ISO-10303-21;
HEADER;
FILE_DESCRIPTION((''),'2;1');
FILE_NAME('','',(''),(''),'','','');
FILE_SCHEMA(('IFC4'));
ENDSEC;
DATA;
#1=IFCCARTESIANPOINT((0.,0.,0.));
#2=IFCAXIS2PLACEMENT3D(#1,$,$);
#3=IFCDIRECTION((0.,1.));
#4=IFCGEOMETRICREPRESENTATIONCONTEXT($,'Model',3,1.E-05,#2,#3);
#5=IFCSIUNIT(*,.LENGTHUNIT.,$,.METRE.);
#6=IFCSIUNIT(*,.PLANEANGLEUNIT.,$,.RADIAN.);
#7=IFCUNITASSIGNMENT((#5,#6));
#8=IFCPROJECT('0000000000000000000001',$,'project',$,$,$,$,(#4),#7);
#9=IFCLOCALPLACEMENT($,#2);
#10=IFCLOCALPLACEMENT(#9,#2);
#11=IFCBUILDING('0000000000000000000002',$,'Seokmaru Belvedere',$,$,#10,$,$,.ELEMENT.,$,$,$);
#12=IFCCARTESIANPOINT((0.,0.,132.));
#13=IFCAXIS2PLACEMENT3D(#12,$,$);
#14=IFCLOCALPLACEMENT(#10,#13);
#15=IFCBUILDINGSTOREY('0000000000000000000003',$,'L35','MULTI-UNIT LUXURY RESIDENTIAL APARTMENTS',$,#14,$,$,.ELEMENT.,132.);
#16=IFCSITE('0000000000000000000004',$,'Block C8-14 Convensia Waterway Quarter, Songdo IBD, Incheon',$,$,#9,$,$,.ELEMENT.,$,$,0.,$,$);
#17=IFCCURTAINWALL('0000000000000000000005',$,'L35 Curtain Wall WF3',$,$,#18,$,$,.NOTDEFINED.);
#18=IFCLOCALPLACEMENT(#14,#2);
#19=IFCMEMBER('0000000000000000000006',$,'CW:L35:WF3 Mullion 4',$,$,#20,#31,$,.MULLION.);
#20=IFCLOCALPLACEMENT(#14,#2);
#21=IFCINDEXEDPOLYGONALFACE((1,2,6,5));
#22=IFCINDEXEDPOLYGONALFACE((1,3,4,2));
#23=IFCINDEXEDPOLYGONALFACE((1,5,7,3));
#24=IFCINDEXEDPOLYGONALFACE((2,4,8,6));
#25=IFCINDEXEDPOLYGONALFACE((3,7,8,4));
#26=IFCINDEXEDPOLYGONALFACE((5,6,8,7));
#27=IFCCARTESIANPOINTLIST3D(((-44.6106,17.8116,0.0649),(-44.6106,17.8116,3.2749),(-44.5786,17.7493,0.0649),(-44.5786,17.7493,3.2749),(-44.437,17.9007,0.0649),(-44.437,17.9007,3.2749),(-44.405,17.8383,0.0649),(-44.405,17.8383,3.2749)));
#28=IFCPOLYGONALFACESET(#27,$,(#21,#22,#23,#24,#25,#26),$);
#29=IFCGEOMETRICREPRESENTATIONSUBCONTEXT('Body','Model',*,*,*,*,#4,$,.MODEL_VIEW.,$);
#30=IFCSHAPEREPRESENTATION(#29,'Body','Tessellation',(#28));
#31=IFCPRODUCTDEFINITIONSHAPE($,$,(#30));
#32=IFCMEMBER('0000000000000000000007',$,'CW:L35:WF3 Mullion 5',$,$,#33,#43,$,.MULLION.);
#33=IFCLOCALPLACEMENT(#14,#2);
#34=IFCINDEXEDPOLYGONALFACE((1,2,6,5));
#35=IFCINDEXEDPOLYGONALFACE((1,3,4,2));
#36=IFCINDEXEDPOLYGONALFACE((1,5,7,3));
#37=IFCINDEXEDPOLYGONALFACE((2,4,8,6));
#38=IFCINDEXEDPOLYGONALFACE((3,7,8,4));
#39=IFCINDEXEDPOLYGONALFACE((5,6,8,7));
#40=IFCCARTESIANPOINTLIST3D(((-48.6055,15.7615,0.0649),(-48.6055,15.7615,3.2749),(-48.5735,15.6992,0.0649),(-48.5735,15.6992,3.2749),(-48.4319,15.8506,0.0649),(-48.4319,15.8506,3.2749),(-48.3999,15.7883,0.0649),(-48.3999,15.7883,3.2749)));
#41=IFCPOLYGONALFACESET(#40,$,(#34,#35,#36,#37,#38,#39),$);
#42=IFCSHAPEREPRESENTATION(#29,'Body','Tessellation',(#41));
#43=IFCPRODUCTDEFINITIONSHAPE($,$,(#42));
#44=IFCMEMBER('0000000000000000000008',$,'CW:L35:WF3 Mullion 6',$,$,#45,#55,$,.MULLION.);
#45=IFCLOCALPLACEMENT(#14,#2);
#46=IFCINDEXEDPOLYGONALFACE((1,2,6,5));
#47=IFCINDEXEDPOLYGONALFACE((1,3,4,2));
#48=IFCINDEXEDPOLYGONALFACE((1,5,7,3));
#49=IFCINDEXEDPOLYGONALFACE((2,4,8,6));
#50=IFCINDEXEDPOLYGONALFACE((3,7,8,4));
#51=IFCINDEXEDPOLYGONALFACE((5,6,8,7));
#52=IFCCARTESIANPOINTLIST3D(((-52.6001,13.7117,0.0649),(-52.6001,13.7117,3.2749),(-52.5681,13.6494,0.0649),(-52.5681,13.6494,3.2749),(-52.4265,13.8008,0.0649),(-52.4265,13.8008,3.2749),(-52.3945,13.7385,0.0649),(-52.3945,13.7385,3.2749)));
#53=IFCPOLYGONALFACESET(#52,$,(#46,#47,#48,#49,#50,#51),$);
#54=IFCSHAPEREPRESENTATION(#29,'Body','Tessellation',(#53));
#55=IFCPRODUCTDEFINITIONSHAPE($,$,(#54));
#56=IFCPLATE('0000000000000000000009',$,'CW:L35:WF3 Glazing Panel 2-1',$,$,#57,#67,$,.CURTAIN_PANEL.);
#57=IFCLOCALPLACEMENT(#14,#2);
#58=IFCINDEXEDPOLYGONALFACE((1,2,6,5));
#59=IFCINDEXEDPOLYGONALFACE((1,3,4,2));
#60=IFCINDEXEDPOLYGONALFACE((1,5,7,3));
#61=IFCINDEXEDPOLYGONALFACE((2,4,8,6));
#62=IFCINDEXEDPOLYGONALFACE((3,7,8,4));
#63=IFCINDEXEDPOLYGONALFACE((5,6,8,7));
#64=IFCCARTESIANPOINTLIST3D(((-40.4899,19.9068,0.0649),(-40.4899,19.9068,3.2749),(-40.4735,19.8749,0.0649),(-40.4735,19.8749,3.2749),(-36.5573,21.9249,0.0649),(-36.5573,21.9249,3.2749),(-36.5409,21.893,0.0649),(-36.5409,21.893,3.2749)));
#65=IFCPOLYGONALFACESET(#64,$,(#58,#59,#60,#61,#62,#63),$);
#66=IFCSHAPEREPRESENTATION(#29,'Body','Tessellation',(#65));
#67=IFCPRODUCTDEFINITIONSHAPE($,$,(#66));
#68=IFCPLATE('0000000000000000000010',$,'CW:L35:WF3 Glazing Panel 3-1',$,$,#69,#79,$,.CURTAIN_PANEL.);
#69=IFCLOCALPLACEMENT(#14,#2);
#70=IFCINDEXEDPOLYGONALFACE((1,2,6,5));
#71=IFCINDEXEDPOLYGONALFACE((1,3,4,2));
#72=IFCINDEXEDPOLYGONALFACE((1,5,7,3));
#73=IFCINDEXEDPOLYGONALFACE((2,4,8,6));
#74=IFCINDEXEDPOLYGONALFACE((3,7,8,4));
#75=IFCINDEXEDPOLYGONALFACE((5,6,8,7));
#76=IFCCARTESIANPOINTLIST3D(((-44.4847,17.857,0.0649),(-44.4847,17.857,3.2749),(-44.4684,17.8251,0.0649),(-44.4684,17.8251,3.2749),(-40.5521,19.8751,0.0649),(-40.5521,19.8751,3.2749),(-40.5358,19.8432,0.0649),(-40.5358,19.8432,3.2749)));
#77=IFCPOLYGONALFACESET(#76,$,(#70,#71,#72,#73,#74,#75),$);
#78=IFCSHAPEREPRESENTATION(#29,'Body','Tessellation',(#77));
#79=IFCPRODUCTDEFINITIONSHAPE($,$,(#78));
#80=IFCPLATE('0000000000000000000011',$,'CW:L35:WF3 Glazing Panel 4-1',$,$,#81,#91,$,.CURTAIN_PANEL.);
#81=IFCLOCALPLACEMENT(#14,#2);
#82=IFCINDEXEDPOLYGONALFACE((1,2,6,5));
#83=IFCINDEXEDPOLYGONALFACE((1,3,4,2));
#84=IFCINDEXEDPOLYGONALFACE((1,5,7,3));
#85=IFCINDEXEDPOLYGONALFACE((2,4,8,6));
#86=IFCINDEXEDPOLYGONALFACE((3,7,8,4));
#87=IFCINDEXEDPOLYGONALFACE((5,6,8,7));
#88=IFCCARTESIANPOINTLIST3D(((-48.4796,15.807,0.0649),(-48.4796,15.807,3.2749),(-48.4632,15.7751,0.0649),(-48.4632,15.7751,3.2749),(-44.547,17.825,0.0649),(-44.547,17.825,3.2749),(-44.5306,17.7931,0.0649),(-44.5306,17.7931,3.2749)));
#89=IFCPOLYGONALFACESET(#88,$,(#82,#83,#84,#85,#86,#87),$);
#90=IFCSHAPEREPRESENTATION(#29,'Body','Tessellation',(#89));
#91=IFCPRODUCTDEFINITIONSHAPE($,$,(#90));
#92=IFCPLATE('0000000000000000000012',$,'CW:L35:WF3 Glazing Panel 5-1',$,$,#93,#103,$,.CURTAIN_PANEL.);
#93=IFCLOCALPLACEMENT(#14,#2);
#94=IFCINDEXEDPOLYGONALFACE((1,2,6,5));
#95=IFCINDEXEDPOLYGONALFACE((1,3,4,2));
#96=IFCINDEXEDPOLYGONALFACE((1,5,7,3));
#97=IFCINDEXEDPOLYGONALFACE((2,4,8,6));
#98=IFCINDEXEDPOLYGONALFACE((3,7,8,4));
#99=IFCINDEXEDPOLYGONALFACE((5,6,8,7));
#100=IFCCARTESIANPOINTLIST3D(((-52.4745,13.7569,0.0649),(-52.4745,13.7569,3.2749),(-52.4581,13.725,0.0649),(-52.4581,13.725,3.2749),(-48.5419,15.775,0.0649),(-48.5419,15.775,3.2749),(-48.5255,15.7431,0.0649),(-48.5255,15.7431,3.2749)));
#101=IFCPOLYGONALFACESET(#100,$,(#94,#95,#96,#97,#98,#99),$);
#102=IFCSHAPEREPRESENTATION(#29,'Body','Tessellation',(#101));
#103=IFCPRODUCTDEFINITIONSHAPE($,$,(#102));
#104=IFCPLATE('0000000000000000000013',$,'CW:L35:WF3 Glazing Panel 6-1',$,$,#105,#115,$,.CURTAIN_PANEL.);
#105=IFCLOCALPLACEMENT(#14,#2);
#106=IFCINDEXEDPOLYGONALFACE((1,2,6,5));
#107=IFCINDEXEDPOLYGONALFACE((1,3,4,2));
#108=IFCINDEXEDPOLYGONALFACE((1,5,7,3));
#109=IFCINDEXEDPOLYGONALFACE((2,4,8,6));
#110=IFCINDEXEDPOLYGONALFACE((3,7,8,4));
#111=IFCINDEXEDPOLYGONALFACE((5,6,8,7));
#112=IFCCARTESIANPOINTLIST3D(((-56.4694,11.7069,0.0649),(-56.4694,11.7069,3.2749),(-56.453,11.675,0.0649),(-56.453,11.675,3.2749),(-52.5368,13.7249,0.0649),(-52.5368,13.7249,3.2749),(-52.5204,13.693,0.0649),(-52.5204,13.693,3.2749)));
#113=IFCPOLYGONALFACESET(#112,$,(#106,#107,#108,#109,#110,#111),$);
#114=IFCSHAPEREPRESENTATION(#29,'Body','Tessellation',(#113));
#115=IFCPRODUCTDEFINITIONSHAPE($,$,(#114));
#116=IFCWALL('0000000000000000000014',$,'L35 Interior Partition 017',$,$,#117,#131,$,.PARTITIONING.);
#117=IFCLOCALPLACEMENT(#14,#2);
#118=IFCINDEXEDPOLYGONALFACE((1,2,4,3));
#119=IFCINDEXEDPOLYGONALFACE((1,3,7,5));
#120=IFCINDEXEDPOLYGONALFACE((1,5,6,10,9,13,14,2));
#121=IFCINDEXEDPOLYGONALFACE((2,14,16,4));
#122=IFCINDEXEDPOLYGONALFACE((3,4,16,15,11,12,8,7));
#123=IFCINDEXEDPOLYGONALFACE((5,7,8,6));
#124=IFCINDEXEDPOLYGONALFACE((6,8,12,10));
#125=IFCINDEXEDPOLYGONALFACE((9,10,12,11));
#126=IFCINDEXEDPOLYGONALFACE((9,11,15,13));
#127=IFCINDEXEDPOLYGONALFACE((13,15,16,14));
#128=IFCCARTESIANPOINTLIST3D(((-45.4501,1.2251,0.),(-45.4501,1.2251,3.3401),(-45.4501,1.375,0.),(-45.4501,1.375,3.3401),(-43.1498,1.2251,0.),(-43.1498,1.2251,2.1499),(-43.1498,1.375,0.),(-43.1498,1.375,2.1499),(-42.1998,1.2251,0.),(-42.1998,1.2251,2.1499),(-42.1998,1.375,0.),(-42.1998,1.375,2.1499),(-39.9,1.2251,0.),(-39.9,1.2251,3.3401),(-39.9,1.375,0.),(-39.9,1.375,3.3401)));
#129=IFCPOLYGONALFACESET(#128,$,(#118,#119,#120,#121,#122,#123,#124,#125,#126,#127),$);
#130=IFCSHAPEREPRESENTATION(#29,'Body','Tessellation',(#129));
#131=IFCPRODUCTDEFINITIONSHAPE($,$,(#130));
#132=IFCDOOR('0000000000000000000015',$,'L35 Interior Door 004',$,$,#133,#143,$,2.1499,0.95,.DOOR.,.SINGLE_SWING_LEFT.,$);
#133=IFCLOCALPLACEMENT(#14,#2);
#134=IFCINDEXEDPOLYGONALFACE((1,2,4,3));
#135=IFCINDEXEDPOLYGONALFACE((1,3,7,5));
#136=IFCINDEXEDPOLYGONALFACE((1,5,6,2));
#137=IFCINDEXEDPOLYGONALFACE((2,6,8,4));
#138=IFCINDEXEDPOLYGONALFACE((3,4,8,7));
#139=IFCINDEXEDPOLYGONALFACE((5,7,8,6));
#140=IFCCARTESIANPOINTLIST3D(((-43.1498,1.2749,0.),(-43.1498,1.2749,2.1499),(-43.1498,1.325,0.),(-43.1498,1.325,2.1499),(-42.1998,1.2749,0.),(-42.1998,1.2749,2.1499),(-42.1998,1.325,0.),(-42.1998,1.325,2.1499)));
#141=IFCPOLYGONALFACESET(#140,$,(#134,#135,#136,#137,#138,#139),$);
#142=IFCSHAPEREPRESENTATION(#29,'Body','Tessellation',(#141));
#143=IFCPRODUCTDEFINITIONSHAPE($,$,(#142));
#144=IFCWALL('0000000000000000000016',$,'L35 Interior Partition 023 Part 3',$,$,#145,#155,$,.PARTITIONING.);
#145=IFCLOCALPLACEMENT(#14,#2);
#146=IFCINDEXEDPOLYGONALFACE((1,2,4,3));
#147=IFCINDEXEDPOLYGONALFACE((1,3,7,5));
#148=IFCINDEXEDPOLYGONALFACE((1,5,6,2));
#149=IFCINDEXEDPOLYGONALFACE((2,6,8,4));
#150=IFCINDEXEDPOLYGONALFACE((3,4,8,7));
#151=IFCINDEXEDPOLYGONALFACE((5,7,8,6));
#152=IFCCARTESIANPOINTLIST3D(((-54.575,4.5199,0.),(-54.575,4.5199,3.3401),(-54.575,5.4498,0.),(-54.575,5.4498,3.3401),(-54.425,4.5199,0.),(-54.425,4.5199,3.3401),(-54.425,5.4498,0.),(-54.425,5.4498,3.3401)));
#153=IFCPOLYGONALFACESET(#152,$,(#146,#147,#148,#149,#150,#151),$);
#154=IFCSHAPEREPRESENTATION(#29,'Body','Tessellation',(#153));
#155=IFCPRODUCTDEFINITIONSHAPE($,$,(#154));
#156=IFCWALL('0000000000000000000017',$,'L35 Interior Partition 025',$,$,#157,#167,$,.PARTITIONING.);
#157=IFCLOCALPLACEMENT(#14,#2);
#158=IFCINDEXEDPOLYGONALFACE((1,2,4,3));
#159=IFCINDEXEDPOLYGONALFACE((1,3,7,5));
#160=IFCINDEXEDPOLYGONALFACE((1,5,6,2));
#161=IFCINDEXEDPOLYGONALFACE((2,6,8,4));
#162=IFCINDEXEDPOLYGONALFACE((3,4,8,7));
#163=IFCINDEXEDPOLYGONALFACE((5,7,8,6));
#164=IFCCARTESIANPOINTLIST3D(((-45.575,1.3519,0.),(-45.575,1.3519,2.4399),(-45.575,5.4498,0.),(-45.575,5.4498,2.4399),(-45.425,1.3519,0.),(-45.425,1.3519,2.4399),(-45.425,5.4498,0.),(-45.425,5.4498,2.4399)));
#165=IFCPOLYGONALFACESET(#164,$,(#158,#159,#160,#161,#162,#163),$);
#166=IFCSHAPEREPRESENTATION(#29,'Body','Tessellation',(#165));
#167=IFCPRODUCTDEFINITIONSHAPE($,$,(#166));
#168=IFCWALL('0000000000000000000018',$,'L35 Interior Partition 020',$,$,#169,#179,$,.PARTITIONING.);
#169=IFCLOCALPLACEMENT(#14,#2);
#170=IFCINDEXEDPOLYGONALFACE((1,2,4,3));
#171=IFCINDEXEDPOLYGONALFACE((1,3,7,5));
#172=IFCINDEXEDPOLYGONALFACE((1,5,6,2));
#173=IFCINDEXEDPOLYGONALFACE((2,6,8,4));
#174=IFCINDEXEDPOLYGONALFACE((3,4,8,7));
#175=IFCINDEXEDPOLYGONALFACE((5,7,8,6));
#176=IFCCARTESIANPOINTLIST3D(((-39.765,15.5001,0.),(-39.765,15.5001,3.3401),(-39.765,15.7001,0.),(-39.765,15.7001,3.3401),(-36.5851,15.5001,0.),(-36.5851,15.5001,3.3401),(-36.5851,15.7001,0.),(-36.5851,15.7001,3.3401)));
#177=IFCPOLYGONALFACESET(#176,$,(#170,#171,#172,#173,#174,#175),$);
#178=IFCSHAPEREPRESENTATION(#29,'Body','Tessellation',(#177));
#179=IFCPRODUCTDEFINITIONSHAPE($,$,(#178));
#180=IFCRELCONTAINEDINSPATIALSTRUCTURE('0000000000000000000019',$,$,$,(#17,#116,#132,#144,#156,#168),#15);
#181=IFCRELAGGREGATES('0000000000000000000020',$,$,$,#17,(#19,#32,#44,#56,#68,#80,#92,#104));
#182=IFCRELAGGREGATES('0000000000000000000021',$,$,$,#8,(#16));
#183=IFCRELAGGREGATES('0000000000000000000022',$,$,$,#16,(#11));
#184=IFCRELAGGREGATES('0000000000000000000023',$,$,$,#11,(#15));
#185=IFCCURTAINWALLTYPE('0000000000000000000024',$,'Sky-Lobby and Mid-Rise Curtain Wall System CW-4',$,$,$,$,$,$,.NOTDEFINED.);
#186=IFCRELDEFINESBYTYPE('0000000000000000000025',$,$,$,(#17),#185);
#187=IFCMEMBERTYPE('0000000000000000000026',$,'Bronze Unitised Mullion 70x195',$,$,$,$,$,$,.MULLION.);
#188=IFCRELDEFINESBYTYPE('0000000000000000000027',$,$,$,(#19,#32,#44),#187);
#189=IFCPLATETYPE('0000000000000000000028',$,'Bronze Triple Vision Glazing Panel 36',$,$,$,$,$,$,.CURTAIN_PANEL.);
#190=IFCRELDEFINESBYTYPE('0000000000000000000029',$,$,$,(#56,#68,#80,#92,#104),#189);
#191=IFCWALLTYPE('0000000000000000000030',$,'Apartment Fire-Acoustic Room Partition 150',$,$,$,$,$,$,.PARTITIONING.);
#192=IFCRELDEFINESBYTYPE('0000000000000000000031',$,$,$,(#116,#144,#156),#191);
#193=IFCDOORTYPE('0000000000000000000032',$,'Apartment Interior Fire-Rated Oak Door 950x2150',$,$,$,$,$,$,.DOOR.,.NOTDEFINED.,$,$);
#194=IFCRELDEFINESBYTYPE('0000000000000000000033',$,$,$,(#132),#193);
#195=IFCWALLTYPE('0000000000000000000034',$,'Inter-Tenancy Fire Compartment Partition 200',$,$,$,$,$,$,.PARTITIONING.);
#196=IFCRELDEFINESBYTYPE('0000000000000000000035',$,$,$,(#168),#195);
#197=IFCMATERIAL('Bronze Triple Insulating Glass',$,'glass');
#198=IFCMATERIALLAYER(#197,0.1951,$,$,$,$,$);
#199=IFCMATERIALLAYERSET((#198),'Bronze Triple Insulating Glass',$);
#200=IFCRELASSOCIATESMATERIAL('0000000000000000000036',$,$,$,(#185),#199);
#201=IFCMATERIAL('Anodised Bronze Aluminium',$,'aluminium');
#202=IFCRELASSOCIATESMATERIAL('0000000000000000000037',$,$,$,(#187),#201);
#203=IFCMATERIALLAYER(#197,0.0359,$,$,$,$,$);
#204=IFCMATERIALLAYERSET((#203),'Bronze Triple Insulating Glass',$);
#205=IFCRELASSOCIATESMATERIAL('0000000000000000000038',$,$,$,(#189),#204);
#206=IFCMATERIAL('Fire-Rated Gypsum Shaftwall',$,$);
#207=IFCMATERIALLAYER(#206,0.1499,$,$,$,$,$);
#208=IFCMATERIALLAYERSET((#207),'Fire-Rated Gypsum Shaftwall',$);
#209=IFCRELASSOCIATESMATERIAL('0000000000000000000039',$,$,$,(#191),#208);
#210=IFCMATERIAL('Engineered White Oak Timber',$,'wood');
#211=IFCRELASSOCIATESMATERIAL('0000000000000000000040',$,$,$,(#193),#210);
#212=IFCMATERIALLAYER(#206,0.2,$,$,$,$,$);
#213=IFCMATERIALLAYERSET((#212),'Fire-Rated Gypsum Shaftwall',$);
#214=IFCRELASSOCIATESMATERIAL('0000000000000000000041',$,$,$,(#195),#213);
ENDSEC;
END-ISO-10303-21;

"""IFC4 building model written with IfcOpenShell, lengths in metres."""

from ifc_helpers import new_model, si_unit, direction, frame, frame_2d, origin, origin_2d, place, context, subcontext, project, spatial, rectangle, extrude, source, transform, mapped, material, layer, layer_set, material_profile, profile_set, type_object, type_shapes, element, fill, aggregate, save


model = new_model("IFC4")

# Units and contexts
model_context = context("Model", 3, precision=1e-05, world=origin(), true_north=direction((0.0, 1.0)))
body_context = subcontext(model_context, "Body", "Model", "MODEL_VIEW")
ifc_project = project(units=[si_unit("LENGTHUNIT", "METRE"), si_unit("PLANEANGLEUNIT", "RADIAN")], contexts=[model_context])

# Site, building, storey
site_placement = place(None, origin())
site = spatial("IfcSite", under=ifc_project, at=site_placement, Name="Block C8-14 Convensia Waterway Quarter, Songdo IBD, Incheon", CompositionType="ELEMENT", RefElevation=0.0)
building_placement = place(site_placement, origin())
building = spatial("IfcBuilding", under=site, at=building_placement, Name="Seokmaru Belvedere", CompositionType="ELEMENT")
storey_placement = place(building_placement, frame((0.0, 0.0, 132.0)))
storey = spatial("IfcBuildingStorey", under=building, at=storey_placement, Name="L35", Description="MULTI-UNIT LUXURY RESIDENTIAL APARTMENTS", CompositionType="ELEMENT", Elevation=132.0)

# Curtain wall, members, plates
ifc_material_1 = material(Name="Bronze Triple Insulating Glass", Category="glass")
ifc_layer_1 = layer(ifc_material_1, 0.1951)
ifc_layer_set_1 = layer_set([ifc_layer_1], Name="Bronze Triple Insulating Glass")
curtain_wall_type = type_object("IfcCurtainWallType", Name="Sky-Lobby and Mid-Rise Curtain Wall System CW-4", PredefinedType="NOTDEFINED", material=ifc_layer_set_1)
curtain_wall_placement = place(storey_placement, origin())
curtain_wall = element("IfcCurtainWall", 1, at=curtain_wall_placement, inside=storey, type_object=curtain_wall_type, Name="L35 Curtain Wall WF3", PredefinedType="NOTDEFINED")
ifc_material_2 = material(Name="Anodised Bronze Aluminium", Category="aluminium")
ifc_material_profile_1 = material_profile(ifc_material_2, rectangle(XDim=0.0701, YDim=0.1951, at=origin_2d()), Name="CW-M-70x195")
ifc_profile_set_1 = profile_set([ifc_material_profile_1], Name="Anodised Bronze Aluminium")
member_type = type_object("IfcMemberType", Name="Bronze Unitised Mullion 70x195", PredefinedType="MULLION", material=ifc_profile_set_1)
shared_shape_1 = source(origin(), body_context, "Body", "SweptSolid", [
    extrude(rectangle(XDim=0.0701, YDim=0.1951, at=origin_2d()), origin(), (0.0, 0.0, 1.0), 3.21),
])
type_shapes(member_type, [shared_shape_1])
member_1_placement = place(storey_placement, frame((-44.5078, 17.825, 0.0649), z_axis=(0.0, 0.0, 1.0), x_axis=(0.456555, -0.889695, 0.0)))
member_1 = element("IfcMember", 2, at=member_1_placement, type_object=member_type, Name="CW:L35:WF3 Mullion 4", PredefinedType="MULLION", context=body_context, shape_type="MappedRepresentation", body=[
    mapped(shared_shape_1, transform((0.0, 0.0, 0.0), scale=1.0)),
])
member_2_placement = place(storey_placement, frame((-48.5027, 15.7749, 0.0649), z_axis=(0.0, 0.0, 1.0), x_axis=(0.456555, -0.889695, 0.0)))
member_2 = element("IfcMember", 3, at=member_2_placement, type_object=member_type, Name="CW:L35:WF3 Mullion 5", PredefinedType="MULLION", context=body_context, shape_type="MappedRepresentation", body=[
    mapped(shared_shape_1, transform((0.0, 0.0, 0.0), scale=1.0)),
])
member_3_placement = place(storey_placement, frame((-52.4973, 13.7251, 0.0649), z_axis=(0.0, 0.0, 1.0), x_axis=(0.456555, -0.889695, 0.0)))
member_3 = element("IfcMember", 4, at=member_3_placement, type_object=member_type, Name="CW:L35:WF3 Mullion 6", PredefinedType="MULLION", context=body_context, shape_type="MappedRepresentation", body=[
    mapped(shared_shape_1, transform((0.0, 0.0, 0.0), scale=1.0)),
])
ifc_layer_2 = layer(ifc_material_1, 0.0359)
ifc_layer_set_2 = layer_set([ifc_layer_2], Name="Bronze Triple Insulating Glass")
plate_type = type_object("IfcPlateType", Name="Bronze Triple Vision Glazing Panel 36", PredefinedType="CURTAIN_PANEL", material=ifc_layer_set_2)
shared_shape_2 = source(origin(), body_context, "Body", "SweptSolid", [
    extrude(rectangle(XDim=4.4202, YDim=0.0359, at=origin_2d()), origin(), (0.0, 0.0, 1.0), 3.21),
])
type_shapes(plate_type, [shared_shape_2])
plate_1_placement = place(storey_placement, frame((-38.5154, 20.8999, 0.0649), z_axis=(0.0, 0.0, 1.0), x_axis=(-0.889695, -0.456555, 0.0)))
plate_1 = element("IfcPlate", 5, at=plate_1_placement, type_object=plate_type, Name="CW:L35:WF3 Glazing Panel 2-1", PredefinedType="CURTAIN_PANEL", context=body_context, shape_type="MappedRepresentation", body=[
    mapped(shared_shape_2, transform((0.0, 0.0, 0.0), scale=1.0)),
])
plate_2_placement = place(storey_placement, frame((-42.5103, 18.8501, 0.0649), z_axis=(0.0, 0.0, 1.0), x_axis=(-0.889695, -0.456555, 0.0)))
plate_2 = element("IfcPlate", 6, at=plate_2_placement, type_object=plate_type, Name="CW:L35:WF3 Glazing Panel 3-1", PredefinedType="CURTAIN_PANEL", context=body_context, shape_type="MappedRepresentation", body=[
    mapped(shared_shape_2, transform((0.0, 0.0, 0.0), scale=1.0)),
])
plate_3_placement = place(storey_placement, frame((-46.5051, 16.8, 0.0649), z_axis=(0.0, 0.0, 1.0), x_axis=(-0.889695, -0.456555, 0.0)))
plate_3 = element("IfcPlate", 7, at=plate_3_placement, type_object=plate_type, Name="CW:L35:WF3 Glazing Panel 4-1", PredefinedType="CURTAIN_PANEL", context=body_context, shape_type="MappedRepresentation", body=[
    mapped(shared_shape_2, transform((0.0, 0.0, 0.0), scale=1.0)),
])
plate_4_placement = place(storey_placement, frame((-50.5, 14.75, 0.0649), z_axis=(0.0, 0.0, 1.0), x_axis=(-0.889695, -0.456555, 0.0)))
plate_4 = element("IfcPlate", 8, at=plate_4_placement, type_object=plate_type, Name="CW:L35:WF3 Glazing Panel 5-1", PredefinedType="CURTAIN_PANEL", context=body_context, shape_type="MappedRepresentation", body=[
    mapped(shared_shape_2, transform((0.0, 0.0, 0.0), scale=1.0)),
])
plate_5_placement = place(storey_placement, frame((-54.4949, 12.7, 0.0649), z_axis=(0.0, 0.0, 1.0), x_axis=(-0.889695, -0.456555, 0.0)))
plate_5 = element("IfcPlate", 9, at=plate_5_placement, type_object=plate_type, Name="CW:L35:WF3 Glazing Panel 6-1", PredefinedType="CURTAIN_PANEL", context=body_context, shape_type="MappedRepresentation", body=[
    mapped(shared_shape_2, transform((0.0, 0.0, 0.0), scale=1.0)),
])
aggregate(curtain_wall, [member_1, member_2, member_3, plate_1, plate_2, plate_3, plate_4, plate_5])

# Wall, opening, door
ifc_material_3 = material(Name="Fire-Rated Gypsum Shaftwall")
ifc_layer_3 = layer(ifc_material_3, 0.1499)
ifc_layer_set_3 = layer_set([ifc_layer_3], Name="Fire-Rated Gypsum Shaftwall")
wall_type_1 = type_object("IfcWallType", Name="Apartment Fire-Acoustic Room Partition 150", PredefinedType="PARTITIONING", material=ifc_layer_set_3)
wall_1_placement = place(storey_placement, frame((-45.45, 1.3, 0.0), z_axis=(0.0, 0.0, 1.0), x_axis=(1.0, 0.0, 0.0)))
wall_1 = element("IfcWall", 10, at=wall_1_placement, inside=storey, type_object=wall_type_1, Name="L35 Interior Partition 017", PredefinedType="PARTITIONING", context=body_context, shape_type="SweptSolid", body=[
    extrude(rectangle(XDim=5.55, YDim=0.1499, at=frame_2d((2.7749, 0.0))), origin(), (0.0, 0.0, 1.0), 3.3401),
])
opening_placement = place(wall_1_placement, frame((2.3, 0.0, 0.0)))
opening = element("IfcOpeningElement", 11, at=opening_placement, cuts=wall_1, PredefinedType="OPENING", context=body_context, shape_type="SweptSolid", body=[
    extrude(rectangle(XDim=0.95, YDim=2.1499, at=frame_2d((0.4751, 1.075))), frame((0.0, 0.085, 0.0), z_axis=(0.0, -1.0, 0.0), x_axis=(1.0, 0.0, 0.0)), (0.0, 0.0, 1.0), 0.1699),
])
ifc_material_4 = material(Name="Engineered White Oak Timber", Category="wood")
door_type = type_object("IfcDoorType", Name="Apartment Interior Fire-Rated Oak Door 950x2150", OperationType="NOTDEFINED", PredefinedType="DOOR", material=ifc_material_4)
shared_shape_3 = source(origin(), body_context, "Body", "SweptSolid", [
    extrude(rectangle(XDim=0.95, YDim=2.1499, at=frame_2d((0.4751, 1.075))), frame((0.0, 0.0249, 0.0), z_axis=(0.0, -1.0, 0.0), x_axis=(1.0, 0.0, 0.0)), (0.0, 0.0, 1.0), 0.05),
])
type_shapes(door_type, [shared_shape_3])
door_placement = place(opening_placement, origin())
door = element("IfcDoor", 12, at=door_placement, inside=storey, type_object=door_type, Name="L35 Interior Door 004", OperationType="SINGLE_SWING_LEFT", OverallHeight=2.1499, OverallWidth=0.95, PredefinedType="DOOR", context=body_context, shape_type="MappedRepresentation", body=[
    mapped(shared_shape_3, transform((0.0, 0.0, 0.0), scale=1.0)),
])
fill(opening, door)

# Walls
wall_2_placement = place(storey_placement, frame((-54.5, 4.52, 0.0), z_axis=(0.0, 0.0, 1.0), x_axis=(0.0, 1.0, 0.0)))
element("IfcWall", 13, at=wall_2_placement, inside=storey, type_object=wall_type_1, Name="L35 Interior Partition 023 Part 3", PredefinedType="PARTITIONING", context=body_context, shape_type="SweptSolid", body=[
    extrude(rectangle(XDim=0.9299, YDim=0.1499, at=frame_2d((0.4648, 0.0))), origin(), (0.0, 0.0, 1.0), 3.3401),
])
wall_3_placement = place(storey_placement, frame((-45.5, 1.3521, 0.0), z_axis=(0.0, 0.0, 1.0), x_axis=(0.0, 1.0, 0.0)))
element("IfcWall", 14, at=wall_3_placement, inside=storey, type_object=wall_type_1, Name="L35 Interior Partition 025", PredefinedType="PARTITIONING", context=body_context, shape_type="SweptSolid", body=[
    extrude(rectangle(XDim=4.0979, YDim=0.1499, at=frame_2d((2.0488, 0.0))), origin(), (0.0, 0.0, 1.0), 2.4399),
])
ifc_layer_4 = layer(ifc_material_3, 0.2)
ifc_layer_set_4 = layer_set([ifc_layer_4], Name="Fire-Rated Gypsum Shaftwall")
wall_type_2 = type_object("IfcWallType", Name="Inter-Tenancy Fire Compartment Partition 200", PredefinedType="PARTITIONING", material=ifc_layer_set_4)
wall_4_placement = place(storey_placement, frame((-39.7649, 15.6001, 0.0), z_axis=(0.0, 0.0, 1.0), x_axis=(1.0, 0.0, 0.0)))
element("IfcWall", 15, at=wall_4_placement, inside=storey, type_object=wall_type_2, Name="L35 Interior Partition 020", PredefinedType="PARTITIONING", context=body_context, shape_type="SweptSolid", body=[
    extrude(rectangle(XDim=3.1799, YDim=0.2, at=frame_2d((1.5898, 0.0))), origin(), (0.0, 0.0, 1.0), 3.3401),
])

save(model, "model.ifc")
